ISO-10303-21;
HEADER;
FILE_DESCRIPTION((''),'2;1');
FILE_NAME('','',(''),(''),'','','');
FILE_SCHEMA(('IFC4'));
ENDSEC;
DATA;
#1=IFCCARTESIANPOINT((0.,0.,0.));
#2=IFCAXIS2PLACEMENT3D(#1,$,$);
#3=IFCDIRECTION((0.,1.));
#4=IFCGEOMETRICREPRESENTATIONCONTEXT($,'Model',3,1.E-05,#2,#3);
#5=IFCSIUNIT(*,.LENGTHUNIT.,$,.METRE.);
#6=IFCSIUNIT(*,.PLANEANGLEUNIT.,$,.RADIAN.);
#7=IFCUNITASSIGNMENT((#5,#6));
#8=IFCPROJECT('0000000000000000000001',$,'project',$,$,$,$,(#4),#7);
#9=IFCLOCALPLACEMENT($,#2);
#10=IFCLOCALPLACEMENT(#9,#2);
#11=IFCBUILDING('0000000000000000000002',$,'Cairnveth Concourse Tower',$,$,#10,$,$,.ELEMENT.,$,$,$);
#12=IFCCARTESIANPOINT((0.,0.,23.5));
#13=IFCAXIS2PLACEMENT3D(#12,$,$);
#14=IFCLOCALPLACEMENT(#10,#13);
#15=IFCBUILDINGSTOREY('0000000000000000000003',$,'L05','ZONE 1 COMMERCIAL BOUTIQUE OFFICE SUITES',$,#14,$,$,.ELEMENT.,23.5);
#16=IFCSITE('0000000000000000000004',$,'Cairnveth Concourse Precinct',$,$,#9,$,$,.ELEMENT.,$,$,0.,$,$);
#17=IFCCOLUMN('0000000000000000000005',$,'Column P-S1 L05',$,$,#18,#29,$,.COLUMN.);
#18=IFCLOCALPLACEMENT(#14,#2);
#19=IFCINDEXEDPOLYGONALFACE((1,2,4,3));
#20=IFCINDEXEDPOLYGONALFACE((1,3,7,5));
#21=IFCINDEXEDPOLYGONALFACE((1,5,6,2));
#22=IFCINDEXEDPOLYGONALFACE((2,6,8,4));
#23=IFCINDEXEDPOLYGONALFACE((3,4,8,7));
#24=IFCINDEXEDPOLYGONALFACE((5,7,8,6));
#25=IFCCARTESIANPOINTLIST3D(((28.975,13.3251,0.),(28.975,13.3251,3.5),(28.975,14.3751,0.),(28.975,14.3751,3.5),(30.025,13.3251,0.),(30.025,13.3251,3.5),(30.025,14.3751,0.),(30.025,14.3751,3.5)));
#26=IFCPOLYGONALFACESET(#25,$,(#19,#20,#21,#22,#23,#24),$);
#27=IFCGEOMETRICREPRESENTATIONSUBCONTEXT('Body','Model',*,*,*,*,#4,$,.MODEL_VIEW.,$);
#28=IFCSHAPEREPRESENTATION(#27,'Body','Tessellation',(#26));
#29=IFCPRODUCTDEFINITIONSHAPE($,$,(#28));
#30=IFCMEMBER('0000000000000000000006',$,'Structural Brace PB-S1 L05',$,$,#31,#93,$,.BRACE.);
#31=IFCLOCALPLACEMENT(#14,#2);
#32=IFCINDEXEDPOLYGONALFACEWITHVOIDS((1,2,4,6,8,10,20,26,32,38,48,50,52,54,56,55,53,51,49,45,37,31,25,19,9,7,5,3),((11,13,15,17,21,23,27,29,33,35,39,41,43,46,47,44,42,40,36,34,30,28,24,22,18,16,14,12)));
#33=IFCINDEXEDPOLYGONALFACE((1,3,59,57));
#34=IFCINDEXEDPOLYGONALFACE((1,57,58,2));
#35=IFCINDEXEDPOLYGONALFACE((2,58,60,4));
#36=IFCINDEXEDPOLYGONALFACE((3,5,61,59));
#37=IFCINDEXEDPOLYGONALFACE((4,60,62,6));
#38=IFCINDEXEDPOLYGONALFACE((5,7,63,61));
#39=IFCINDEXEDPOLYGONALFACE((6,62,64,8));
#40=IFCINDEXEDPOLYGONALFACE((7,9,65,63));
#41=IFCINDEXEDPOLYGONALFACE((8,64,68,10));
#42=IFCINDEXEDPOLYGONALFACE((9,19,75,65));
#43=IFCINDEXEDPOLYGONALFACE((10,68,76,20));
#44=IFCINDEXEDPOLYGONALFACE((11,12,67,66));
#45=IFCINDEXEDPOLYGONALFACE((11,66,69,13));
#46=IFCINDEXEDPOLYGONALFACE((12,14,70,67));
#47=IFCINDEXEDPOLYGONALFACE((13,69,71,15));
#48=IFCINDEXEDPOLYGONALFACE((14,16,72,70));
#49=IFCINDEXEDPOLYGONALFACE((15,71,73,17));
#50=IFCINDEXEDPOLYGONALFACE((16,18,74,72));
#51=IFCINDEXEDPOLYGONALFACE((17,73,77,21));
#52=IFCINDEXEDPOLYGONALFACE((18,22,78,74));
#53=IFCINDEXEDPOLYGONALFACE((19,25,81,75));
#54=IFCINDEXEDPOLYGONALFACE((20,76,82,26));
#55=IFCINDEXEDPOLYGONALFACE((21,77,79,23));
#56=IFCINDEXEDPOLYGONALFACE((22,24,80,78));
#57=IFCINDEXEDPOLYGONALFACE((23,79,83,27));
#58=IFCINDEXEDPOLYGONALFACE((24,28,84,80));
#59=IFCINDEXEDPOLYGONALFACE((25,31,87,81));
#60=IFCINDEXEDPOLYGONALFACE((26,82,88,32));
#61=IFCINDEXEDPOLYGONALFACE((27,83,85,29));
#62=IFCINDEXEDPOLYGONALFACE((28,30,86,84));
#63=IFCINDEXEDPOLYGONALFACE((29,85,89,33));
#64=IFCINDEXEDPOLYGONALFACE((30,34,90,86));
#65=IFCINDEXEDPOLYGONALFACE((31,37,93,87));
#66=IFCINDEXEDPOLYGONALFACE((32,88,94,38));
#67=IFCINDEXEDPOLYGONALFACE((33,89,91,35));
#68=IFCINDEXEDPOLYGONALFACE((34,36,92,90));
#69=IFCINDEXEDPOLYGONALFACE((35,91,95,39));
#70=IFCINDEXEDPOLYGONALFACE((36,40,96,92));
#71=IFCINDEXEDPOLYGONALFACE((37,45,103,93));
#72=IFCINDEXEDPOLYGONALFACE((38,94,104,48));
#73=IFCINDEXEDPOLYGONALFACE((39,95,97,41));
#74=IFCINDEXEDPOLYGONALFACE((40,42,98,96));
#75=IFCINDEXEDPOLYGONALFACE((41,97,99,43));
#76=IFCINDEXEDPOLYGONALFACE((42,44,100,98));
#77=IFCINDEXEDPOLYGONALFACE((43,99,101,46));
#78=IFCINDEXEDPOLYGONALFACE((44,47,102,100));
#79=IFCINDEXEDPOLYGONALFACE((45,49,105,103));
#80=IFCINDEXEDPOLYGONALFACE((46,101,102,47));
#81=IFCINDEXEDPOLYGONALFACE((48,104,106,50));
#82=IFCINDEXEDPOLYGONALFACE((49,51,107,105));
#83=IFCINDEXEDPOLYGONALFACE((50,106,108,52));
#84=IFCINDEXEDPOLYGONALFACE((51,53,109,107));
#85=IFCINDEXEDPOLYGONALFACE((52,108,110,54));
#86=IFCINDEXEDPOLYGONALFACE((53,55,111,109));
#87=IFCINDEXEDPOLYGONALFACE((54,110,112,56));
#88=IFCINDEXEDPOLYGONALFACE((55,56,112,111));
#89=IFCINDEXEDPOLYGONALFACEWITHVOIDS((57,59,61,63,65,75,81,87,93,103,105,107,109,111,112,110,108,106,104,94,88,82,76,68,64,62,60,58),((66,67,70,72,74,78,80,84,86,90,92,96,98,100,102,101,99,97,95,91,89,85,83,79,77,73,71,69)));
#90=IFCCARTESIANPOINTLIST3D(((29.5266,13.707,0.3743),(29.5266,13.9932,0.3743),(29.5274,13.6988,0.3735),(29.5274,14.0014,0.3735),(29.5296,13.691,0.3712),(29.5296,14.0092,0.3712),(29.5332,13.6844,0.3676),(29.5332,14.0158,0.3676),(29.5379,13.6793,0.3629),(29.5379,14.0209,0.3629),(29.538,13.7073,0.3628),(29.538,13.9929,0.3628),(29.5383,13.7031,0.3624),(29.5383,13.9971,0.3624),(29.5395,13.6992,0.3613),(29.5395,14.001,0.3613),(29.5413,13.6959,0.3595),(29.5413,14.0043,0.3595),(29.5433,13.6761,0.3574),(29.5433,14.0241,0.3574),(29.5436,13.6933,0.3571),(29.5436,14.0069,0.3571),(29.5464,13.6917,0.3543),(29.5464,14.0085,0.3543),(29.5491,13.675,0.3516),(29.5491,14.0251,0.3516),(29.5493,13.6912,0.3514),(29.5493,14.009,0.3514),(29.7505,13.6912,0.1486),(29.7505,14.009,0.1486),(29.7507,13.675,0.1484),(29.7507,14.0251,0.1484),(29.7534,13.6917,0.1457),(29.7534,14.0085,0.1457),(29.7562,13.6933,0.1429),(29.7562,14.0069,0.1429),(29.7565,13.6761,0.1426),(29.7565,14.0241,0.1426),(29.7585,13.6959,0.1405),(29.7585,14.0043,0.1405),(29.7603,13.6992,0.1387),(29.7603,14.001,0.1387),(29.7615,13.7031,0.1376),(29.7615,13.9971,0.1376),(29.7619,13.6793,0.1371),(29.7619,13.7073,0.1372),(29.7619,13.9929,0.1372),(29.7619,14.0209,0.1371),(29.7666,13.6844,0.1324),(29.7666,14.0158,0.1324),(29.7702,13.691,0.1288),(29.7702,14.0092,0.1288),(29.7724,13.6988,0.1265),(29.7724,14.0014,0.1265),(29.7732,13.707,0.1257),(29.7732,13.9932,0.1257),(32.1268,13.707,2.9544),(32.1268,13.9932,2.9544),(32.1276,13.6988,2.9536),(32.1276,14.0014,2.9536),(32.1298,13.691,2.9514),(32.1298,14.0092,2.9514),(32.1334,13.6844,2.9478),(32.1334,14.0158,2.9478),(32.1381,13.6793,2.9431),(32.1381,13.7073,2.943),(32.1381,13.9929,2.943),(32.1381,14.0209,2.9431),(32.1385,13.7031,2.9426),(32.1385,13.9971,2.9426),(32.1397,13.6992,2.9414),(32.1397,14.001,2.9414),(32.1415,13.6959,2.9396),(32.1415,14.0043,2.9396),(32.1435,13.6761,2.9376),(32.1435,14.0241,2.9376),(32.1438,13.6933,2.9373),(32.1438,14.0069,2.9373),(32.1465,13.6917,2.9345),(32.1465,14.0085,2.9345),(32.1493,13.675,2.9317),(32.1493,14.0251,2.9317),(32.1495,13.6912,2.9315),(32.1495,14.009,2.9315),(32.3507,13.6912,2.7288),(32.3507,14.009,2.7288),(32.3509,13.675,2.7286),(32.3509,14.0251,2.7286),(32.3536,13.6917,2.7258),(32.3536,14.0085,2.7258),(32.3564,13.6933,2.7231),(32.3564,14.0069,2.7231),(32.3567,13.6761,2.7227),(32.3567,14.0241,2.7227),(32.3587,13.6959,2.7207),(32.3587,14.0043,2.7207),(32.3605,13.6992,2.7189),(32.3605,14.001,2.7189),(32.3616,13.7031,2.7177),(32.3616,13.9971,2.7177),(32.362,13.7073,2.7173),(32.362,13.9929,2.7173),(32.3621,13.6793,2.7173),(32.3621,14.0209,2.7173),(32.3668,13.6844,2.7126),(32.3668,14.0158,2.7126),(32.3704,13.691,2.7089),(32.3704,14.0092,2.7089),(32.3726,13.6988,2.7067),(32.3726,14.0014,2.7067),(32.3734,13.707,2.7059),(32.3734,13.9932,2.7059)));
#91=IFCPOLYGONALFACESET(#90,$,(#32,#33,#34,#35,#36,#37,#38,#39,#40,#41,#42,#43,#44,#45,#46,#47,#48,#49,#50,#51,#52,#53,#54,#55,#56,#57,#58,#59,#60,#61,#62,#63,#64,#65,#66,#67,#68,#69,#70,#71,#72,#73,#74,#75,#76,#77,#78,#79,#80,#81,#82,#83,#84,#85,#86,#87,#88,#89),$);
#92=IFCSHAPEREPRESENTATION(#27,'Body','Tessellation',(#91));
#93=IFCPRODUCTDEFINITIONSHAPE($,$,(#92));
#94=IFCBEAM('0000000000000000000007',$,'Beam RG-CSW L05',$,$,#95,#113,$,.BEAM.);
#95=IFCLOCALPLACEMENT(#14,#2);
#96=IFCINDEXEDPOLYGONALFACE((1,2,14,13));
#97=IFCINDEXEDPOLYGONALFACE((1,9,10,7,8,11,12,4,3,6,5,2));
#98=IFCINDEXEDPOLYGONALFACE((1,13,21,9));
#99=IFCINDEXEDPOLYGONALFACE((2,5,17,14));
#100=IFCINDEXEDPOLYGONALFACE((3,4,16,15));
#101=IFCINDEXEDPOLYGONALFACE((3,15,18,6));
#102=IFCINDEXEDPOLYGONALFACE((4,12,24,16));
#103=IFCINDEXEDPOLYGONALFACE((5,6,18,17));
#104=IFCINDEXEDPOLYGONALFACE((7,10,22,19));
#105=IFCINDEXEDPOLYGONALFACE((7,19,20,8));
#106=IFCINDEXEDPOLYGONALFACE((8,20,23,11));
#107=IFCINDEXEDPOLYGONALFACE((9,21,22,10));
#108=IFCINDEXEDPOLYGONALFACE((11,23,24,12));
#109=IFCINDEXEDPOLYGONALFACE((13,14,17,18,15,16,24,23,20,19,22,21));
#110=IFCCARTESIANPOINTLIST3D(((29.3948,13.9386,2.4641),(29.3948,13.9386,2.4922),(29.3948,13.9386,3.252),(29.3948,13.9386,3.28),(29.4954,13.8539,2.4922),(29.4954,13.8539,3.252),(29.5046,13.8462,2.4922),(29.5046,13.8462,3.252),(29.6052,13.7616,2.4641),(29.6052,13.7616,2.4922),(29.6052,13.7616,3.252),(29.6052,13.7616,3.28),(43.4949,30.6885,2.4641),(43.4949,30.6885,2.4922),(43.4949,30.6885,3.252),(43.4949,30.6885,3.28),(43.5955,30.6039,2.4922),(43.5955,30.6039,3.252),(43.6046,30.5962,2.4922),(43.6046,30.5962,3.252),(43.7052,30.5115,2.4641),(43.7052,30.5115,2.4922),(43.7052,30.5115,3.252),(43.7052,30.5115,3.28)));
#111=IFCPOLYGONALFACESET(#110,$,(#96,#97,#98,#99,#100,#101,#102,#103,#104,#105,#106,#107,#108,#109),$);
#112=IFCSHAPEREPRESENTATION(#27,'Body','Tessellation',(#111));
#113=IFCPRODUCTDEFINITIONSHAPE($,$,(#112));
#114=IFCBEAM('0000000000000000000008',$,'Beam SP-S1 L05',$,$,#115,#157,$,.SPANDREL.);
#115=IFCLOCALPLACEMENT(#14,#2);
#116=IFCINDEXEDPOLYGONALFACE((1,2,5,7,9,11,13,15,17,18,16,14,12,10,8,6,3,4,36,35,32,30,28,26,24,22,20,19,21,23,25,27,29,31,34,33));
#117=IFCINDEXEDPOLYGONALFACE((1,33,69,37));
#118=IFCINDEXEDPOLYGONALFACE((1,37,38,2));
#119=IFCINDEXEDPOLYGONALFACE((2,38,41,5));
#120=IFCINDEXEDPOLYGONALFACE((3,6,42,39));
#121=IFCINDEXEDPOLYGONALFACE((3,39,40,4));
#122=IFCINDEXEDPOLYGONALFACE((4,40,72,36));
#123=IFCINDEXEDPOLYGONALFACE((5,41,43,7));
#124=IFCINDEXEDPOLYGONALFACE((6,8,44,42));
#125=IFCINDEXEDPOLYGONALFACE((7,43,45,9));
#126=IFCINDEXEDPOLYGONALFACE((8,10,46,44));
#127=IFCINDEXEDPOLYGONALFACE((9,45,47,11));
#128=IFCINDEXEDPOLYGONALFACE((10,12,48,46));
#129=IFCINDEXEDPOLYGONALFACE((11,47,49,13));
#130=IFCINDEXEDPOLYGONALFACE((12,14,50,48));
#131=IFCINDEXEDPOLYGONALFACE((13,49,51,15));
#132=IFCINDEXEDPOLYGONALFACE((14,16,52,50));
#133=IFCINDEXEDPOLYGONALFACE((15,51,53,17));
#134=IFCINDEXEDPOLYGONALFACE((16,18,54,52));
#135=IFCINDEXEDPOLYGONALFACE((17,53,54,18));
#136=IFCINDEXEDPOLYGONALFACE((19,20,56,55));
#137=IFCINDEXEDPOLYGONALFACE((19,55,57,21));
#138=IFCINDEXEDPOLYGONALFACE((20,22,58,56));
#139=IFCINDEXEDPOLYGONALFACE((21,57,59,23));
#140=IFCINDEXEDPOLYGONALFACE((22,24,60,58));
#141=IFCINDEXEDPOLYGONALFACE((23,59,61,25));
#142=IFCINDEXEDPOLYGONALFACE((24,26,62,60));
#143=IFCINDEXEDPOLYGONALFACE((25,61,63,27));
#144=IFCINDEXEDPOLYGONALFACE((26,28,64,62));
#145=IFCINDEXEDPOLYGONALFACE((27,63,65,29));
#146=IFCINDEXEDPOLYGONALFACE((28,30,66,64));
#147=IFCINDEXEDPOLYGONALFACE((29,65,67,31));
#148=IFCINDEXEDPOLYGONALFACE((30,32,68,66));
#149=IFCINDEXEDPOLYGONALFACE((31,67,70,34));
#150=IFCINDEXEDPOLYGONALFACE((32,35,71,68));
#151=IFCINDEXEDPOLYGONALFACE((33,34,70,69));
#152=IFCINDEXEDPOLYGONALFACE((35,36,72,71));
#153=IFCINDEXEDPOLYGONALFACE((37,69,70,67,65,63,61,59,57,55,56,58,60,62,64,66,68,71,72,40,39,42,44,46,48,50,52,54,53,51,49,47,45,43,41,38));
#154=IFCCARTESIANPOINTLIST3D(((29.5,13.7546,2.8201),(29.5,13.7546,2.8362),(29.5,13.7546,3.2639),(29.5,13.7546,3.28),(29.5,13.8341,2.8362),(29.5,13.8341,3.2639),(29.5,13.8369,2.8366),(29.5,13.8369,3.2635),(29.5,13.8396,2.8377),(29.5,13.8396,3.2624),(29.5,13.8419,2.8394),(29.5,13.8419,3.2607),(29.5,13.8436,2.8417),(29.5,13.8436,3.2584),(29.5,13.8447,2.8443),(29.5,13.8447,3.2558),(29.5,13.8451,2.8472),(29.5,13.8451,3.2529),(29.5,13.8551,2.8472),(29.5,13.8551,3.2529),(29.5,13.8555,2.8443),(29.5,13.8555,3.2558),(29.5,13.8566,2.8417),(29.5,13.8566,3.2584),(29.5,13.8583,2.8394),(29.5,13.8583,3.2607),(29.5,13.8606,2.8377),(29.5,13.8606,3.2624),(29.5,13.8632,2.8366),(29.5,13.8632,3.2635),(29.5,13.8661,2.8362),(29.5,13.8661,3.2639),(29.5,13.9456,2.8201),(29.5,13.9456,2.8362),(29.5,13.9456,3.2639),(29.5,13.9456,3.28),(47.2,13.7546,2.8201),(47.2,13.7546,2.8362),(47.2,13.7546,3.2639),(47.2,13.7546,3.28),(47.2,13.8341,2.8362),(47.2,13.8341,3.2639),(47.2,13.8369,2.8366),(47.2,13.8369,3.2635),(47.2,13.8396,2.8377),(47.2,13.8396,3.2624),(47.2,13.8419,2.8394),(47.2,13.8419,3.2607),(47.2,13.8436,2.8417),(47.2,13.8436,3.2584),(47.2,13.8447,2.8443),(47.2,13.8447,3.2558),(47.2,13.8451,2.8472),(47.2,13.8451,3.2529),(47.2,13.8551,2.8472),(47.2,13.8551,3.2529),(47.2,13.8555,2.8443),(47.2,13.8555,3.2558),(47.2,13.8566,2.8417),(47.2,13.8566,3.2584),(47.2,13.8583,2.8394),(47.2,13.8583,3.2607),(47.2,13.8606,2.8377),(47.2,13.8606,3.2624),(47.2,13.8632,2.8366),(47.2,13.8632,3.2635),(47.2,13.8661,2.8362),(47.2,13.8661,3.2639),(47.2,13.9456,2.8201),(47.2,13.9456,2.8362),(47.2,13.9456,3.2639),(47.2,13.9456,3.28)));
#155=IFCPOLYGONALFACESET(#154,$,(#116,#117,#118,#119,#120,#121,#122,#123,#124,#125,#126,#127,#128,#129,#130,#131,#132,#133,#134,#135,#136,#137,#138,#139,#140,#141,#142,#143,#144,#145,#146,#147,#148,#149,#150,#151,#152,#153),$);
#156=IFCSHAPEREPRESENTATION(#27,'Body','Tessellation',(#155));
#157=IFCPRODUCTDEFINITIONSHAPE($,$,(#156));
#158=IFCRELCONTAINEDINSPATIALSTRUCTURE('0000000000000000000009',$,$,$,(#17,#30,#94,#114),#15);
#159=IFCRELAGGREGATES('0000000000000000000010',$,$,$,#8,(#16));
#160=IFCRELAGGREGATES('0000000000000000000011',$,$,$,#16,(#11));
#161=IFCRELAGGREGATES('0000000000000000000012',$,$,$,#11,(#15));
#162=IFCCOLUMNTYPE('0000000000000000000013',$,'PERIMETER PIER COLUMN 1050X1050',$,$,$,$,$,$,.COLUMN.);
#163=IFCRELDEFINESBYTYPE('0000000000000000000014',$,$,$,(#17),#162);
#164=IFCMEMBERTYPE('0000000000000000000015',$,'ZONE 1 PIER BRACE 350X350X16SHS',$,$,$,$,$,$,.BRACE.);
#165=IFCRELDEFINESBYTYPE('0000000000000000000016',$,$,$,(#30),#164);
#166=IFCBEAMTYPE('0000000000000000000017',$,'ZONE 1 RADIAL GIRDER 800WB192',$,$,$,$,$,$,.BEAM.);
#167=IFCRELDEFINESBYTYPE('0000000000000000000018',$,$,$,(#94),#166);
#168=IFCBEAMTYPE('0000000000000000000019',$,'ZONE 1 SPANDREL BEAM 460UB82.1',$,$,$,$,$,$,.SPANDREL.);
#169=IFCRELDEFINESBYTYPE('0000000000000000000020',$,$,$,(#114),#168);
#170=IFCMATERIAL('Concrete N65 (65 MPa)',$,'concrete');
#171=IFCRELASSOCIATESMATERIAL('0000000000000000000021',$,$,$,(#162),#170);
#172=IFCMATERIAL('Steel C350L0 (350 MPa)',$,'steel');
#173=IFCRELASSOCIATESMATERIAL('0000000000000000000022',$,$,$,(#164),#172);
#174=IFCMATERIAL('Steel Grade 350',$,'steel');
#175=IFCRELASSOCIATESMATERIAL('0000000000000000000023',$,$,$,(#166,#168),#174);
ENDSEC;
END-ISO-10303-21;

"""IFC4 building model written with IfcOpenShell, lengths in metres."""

from ifc_helpers import new_model, si_unit, direction, frame, origin, origin_2d, place, context, subcontext, project, spatial, rectangle, hollow_rectangle, i_section, extrude, material, material_profile, profile_set, type_object, element, save


model = new_model("IFC4")

# Units and contexts
model_context = context("Model", 3, precision=1e-05, world=origin(), true_north=direction((0.0, 1.0)))
body_context = subcontext(model_context, "Body", "Model", "MODEL_VIEW")
ifc_project = project(units=[si_unit("LENGTHUNIT", "METRE"), si_unit("PLANEANGLEUNIT", "RADIAN")], contexts=[model_context])

# Site, building, storey
site_placement = place(None, origin())
site = spatial("IfcSite", under=ifc_project, at=site_placement, Name="Cairnveth Concourse Precinct", CompositionType="ELEMENT", RefElevation=0.0)
building_placement = place(site_placement, origin())
building = spatial("IfcBuilding", under=site, at=building_placement, Name="Cairnveth Concourse Tower", CompositionType="ELEMENT")
storey_placement = place(building_placement, frame((0.0, 0.0, 23.5)))
storey = spatial("IfcBuildingStorey", under=building, at=storey_placement, Name="L05", Description="ZONE 1 COMMERCIAL BOUTIQUE OFFICE SUITES", CompositionType="ELEMENT", Elevation=23.5)

# Column
ifc_material_1 = material(Name="Concrete N65 (65 MPa)", Category="concrete")
ifc_material_profile_1 = material_profile(ifc_material_1, rectangle(XDim=1.05, YDim=1.05, at=origin_2d()), Name="RC-COL-1050x1050")
ifc_profile_set_1 = profile_set([ifc_material_profile_1], Name="Concrete N65 (65 MPa)")
column_type = type_object("IfcColumnType", Name="PERIMETER PIER COLUMN 1050X1050", PredefinedType="COLUMN", material=ifc_profile_set_1)
column_placement = place(storey_placement, frame((29.5, 13.8501, 0.0), z_axis=(0.0, 0.0, 1.0), x_axis=(1.0, 0.0, 0.0)))
element("IfcColumn", 1, at=column_placement, inside=storey, type_object=column_type, Name="Column P-S1 L05", PredefinedType="COLUMN", context=body_context, shape_type="SweptSolid", body=[
    extrude(rectangle(XDim=1.05, YDim=1.05, at=origin_2d()), origin(), (0.0, 0.0, 1.0), 3.5),
])

# Member
ifc_material_2 = material(Name="Steel C350L0 (350 MPa)", Category="steel")
ifc_material_profile_2 = material_profile(ifc_material_2, hollow_rectangle(XDim=0.3501, YDim=0.3501, WallThickness=0.0161, InnerFilletRadius=0.0161, OuterFilletRadius=0.032, at=origin_2d()), Name="350x350x16.0SHS")
ifc_profile_set_2 = profile_set([ifc_material_profile_2], Name="Steel C350L0 (350 MPa)")
member_type = type_object("IfcMemberType", Name="ZONE 1 PIER BRACE 350X350X16SHS", PredefinedType="BRACE", material=ifc_profile_set_2)
member_placement = place(storey_placement, frame((29.6499, 13.8501, 0.25), z_axis=(0.709834, 0.0, 0.704369), x_axis=(0.0, 1.0, 0.0)))
element("IfcMember", 2, at=member_placement, inside=storey, type_object=member_type, Name="Structural Brace PB-S1 L05", PredefinedType="BRACE", context=body_context, shape_type="SweptSolid", body=[
    extrude(hollow_rectangle(XDim=0.3501, YDim=0.3501, WallThickness=0.0161, InnerFilletRadius=0.0161, OuterFilletRadius=0.032, at=origin_2d()), origin(), (0.0, 0.0, 1.0), 3.6631),
])

# Beams
ifc_material_3 = material(Name="Steel Grade 350", Category="steel")
ifc_material_profile_3 = material_profile(ifc_material_3, i_section(OverallWidth=0.2749, OverallDepth=0.8159, WebThickness=0.012, FlangeThickness=0.0281, at=origin_2d()), Name="800WB192")
ifc_profile_set_3 = profile_set([ifc_material_profile_3], Name="Steel Grade 350")
beam_type_1 = type_object("IfcBeamType", Name="ZONE 1 RADIAL GIRDER 800WB192", PredefinedType="BEAM", material=ifc_profile_set_3)
beam_1_placement = place(storey_placement, frame((29.5, 13.8501, 2.8721), z_axis=(0.643998, 0.765027, 0.0), x_axis=(-0.765027, 0.643998, 0.0)))
element("IfcBeam", 3, at=beam_1_placement, inside=storey, type_object=beam_type_1, Name="Beam RG-CSW L05", PredefinedType="BEAM", context=body_context, shape_type="SweptSolid", body=[
    extrude(i_section(OverallWidth=0.2749, OverallDepth=0.8159, WebThickness=0.012, FlangeThickness=0.0281, at=origin_2d()), origin(), (0.0, 0.0, 1.0), 21.8945),
])
ifc_material_profile_4 = material_profile(ifc_material_3, i_section(OverallWidth=0.1909, OverallDepth=0.46, WebThickness=0.01, FlangeThickness=0.0161, FilletRadius=0.011, at=origin_2d()), Name="460UB82.1")
ifc_profile_set_4 = profile_set([ifc_material_profile_4], Name="Steel Grade 350")
beam_type_2 = type_object("IfcBeamType", Name="ZONE 1 SPANDREL BEAM 460UB82.1", PredefinedType="SPANDREL", material=ifc_profile_set_4)
beam_2_placement = place(storey_placement, frame((29.5, 13.8501, 3.05), z_axis=(1.0, 0.0, 0.0), x_axis=(0.0, 1.0, 0.0)))
element("IfcBeam", 4, at=beam_2_placement, inside=storey, type_object=beam_type_2, Name="Beam SP-S1 L05", PredefinedType="SPANDREL", context=body_context, shape_type="SweptSolid", body=[
    extrude(i_section(OverallWidth=0.1909, OverallDepth=0.46, WebThickness=0.01, FlangeThickness=0.0161, FilletRadius=0.011, at=origin_2d()), origin(), (0.0, 0.0, 1.0), 17.7),
])

save(model, "model.ifc")
